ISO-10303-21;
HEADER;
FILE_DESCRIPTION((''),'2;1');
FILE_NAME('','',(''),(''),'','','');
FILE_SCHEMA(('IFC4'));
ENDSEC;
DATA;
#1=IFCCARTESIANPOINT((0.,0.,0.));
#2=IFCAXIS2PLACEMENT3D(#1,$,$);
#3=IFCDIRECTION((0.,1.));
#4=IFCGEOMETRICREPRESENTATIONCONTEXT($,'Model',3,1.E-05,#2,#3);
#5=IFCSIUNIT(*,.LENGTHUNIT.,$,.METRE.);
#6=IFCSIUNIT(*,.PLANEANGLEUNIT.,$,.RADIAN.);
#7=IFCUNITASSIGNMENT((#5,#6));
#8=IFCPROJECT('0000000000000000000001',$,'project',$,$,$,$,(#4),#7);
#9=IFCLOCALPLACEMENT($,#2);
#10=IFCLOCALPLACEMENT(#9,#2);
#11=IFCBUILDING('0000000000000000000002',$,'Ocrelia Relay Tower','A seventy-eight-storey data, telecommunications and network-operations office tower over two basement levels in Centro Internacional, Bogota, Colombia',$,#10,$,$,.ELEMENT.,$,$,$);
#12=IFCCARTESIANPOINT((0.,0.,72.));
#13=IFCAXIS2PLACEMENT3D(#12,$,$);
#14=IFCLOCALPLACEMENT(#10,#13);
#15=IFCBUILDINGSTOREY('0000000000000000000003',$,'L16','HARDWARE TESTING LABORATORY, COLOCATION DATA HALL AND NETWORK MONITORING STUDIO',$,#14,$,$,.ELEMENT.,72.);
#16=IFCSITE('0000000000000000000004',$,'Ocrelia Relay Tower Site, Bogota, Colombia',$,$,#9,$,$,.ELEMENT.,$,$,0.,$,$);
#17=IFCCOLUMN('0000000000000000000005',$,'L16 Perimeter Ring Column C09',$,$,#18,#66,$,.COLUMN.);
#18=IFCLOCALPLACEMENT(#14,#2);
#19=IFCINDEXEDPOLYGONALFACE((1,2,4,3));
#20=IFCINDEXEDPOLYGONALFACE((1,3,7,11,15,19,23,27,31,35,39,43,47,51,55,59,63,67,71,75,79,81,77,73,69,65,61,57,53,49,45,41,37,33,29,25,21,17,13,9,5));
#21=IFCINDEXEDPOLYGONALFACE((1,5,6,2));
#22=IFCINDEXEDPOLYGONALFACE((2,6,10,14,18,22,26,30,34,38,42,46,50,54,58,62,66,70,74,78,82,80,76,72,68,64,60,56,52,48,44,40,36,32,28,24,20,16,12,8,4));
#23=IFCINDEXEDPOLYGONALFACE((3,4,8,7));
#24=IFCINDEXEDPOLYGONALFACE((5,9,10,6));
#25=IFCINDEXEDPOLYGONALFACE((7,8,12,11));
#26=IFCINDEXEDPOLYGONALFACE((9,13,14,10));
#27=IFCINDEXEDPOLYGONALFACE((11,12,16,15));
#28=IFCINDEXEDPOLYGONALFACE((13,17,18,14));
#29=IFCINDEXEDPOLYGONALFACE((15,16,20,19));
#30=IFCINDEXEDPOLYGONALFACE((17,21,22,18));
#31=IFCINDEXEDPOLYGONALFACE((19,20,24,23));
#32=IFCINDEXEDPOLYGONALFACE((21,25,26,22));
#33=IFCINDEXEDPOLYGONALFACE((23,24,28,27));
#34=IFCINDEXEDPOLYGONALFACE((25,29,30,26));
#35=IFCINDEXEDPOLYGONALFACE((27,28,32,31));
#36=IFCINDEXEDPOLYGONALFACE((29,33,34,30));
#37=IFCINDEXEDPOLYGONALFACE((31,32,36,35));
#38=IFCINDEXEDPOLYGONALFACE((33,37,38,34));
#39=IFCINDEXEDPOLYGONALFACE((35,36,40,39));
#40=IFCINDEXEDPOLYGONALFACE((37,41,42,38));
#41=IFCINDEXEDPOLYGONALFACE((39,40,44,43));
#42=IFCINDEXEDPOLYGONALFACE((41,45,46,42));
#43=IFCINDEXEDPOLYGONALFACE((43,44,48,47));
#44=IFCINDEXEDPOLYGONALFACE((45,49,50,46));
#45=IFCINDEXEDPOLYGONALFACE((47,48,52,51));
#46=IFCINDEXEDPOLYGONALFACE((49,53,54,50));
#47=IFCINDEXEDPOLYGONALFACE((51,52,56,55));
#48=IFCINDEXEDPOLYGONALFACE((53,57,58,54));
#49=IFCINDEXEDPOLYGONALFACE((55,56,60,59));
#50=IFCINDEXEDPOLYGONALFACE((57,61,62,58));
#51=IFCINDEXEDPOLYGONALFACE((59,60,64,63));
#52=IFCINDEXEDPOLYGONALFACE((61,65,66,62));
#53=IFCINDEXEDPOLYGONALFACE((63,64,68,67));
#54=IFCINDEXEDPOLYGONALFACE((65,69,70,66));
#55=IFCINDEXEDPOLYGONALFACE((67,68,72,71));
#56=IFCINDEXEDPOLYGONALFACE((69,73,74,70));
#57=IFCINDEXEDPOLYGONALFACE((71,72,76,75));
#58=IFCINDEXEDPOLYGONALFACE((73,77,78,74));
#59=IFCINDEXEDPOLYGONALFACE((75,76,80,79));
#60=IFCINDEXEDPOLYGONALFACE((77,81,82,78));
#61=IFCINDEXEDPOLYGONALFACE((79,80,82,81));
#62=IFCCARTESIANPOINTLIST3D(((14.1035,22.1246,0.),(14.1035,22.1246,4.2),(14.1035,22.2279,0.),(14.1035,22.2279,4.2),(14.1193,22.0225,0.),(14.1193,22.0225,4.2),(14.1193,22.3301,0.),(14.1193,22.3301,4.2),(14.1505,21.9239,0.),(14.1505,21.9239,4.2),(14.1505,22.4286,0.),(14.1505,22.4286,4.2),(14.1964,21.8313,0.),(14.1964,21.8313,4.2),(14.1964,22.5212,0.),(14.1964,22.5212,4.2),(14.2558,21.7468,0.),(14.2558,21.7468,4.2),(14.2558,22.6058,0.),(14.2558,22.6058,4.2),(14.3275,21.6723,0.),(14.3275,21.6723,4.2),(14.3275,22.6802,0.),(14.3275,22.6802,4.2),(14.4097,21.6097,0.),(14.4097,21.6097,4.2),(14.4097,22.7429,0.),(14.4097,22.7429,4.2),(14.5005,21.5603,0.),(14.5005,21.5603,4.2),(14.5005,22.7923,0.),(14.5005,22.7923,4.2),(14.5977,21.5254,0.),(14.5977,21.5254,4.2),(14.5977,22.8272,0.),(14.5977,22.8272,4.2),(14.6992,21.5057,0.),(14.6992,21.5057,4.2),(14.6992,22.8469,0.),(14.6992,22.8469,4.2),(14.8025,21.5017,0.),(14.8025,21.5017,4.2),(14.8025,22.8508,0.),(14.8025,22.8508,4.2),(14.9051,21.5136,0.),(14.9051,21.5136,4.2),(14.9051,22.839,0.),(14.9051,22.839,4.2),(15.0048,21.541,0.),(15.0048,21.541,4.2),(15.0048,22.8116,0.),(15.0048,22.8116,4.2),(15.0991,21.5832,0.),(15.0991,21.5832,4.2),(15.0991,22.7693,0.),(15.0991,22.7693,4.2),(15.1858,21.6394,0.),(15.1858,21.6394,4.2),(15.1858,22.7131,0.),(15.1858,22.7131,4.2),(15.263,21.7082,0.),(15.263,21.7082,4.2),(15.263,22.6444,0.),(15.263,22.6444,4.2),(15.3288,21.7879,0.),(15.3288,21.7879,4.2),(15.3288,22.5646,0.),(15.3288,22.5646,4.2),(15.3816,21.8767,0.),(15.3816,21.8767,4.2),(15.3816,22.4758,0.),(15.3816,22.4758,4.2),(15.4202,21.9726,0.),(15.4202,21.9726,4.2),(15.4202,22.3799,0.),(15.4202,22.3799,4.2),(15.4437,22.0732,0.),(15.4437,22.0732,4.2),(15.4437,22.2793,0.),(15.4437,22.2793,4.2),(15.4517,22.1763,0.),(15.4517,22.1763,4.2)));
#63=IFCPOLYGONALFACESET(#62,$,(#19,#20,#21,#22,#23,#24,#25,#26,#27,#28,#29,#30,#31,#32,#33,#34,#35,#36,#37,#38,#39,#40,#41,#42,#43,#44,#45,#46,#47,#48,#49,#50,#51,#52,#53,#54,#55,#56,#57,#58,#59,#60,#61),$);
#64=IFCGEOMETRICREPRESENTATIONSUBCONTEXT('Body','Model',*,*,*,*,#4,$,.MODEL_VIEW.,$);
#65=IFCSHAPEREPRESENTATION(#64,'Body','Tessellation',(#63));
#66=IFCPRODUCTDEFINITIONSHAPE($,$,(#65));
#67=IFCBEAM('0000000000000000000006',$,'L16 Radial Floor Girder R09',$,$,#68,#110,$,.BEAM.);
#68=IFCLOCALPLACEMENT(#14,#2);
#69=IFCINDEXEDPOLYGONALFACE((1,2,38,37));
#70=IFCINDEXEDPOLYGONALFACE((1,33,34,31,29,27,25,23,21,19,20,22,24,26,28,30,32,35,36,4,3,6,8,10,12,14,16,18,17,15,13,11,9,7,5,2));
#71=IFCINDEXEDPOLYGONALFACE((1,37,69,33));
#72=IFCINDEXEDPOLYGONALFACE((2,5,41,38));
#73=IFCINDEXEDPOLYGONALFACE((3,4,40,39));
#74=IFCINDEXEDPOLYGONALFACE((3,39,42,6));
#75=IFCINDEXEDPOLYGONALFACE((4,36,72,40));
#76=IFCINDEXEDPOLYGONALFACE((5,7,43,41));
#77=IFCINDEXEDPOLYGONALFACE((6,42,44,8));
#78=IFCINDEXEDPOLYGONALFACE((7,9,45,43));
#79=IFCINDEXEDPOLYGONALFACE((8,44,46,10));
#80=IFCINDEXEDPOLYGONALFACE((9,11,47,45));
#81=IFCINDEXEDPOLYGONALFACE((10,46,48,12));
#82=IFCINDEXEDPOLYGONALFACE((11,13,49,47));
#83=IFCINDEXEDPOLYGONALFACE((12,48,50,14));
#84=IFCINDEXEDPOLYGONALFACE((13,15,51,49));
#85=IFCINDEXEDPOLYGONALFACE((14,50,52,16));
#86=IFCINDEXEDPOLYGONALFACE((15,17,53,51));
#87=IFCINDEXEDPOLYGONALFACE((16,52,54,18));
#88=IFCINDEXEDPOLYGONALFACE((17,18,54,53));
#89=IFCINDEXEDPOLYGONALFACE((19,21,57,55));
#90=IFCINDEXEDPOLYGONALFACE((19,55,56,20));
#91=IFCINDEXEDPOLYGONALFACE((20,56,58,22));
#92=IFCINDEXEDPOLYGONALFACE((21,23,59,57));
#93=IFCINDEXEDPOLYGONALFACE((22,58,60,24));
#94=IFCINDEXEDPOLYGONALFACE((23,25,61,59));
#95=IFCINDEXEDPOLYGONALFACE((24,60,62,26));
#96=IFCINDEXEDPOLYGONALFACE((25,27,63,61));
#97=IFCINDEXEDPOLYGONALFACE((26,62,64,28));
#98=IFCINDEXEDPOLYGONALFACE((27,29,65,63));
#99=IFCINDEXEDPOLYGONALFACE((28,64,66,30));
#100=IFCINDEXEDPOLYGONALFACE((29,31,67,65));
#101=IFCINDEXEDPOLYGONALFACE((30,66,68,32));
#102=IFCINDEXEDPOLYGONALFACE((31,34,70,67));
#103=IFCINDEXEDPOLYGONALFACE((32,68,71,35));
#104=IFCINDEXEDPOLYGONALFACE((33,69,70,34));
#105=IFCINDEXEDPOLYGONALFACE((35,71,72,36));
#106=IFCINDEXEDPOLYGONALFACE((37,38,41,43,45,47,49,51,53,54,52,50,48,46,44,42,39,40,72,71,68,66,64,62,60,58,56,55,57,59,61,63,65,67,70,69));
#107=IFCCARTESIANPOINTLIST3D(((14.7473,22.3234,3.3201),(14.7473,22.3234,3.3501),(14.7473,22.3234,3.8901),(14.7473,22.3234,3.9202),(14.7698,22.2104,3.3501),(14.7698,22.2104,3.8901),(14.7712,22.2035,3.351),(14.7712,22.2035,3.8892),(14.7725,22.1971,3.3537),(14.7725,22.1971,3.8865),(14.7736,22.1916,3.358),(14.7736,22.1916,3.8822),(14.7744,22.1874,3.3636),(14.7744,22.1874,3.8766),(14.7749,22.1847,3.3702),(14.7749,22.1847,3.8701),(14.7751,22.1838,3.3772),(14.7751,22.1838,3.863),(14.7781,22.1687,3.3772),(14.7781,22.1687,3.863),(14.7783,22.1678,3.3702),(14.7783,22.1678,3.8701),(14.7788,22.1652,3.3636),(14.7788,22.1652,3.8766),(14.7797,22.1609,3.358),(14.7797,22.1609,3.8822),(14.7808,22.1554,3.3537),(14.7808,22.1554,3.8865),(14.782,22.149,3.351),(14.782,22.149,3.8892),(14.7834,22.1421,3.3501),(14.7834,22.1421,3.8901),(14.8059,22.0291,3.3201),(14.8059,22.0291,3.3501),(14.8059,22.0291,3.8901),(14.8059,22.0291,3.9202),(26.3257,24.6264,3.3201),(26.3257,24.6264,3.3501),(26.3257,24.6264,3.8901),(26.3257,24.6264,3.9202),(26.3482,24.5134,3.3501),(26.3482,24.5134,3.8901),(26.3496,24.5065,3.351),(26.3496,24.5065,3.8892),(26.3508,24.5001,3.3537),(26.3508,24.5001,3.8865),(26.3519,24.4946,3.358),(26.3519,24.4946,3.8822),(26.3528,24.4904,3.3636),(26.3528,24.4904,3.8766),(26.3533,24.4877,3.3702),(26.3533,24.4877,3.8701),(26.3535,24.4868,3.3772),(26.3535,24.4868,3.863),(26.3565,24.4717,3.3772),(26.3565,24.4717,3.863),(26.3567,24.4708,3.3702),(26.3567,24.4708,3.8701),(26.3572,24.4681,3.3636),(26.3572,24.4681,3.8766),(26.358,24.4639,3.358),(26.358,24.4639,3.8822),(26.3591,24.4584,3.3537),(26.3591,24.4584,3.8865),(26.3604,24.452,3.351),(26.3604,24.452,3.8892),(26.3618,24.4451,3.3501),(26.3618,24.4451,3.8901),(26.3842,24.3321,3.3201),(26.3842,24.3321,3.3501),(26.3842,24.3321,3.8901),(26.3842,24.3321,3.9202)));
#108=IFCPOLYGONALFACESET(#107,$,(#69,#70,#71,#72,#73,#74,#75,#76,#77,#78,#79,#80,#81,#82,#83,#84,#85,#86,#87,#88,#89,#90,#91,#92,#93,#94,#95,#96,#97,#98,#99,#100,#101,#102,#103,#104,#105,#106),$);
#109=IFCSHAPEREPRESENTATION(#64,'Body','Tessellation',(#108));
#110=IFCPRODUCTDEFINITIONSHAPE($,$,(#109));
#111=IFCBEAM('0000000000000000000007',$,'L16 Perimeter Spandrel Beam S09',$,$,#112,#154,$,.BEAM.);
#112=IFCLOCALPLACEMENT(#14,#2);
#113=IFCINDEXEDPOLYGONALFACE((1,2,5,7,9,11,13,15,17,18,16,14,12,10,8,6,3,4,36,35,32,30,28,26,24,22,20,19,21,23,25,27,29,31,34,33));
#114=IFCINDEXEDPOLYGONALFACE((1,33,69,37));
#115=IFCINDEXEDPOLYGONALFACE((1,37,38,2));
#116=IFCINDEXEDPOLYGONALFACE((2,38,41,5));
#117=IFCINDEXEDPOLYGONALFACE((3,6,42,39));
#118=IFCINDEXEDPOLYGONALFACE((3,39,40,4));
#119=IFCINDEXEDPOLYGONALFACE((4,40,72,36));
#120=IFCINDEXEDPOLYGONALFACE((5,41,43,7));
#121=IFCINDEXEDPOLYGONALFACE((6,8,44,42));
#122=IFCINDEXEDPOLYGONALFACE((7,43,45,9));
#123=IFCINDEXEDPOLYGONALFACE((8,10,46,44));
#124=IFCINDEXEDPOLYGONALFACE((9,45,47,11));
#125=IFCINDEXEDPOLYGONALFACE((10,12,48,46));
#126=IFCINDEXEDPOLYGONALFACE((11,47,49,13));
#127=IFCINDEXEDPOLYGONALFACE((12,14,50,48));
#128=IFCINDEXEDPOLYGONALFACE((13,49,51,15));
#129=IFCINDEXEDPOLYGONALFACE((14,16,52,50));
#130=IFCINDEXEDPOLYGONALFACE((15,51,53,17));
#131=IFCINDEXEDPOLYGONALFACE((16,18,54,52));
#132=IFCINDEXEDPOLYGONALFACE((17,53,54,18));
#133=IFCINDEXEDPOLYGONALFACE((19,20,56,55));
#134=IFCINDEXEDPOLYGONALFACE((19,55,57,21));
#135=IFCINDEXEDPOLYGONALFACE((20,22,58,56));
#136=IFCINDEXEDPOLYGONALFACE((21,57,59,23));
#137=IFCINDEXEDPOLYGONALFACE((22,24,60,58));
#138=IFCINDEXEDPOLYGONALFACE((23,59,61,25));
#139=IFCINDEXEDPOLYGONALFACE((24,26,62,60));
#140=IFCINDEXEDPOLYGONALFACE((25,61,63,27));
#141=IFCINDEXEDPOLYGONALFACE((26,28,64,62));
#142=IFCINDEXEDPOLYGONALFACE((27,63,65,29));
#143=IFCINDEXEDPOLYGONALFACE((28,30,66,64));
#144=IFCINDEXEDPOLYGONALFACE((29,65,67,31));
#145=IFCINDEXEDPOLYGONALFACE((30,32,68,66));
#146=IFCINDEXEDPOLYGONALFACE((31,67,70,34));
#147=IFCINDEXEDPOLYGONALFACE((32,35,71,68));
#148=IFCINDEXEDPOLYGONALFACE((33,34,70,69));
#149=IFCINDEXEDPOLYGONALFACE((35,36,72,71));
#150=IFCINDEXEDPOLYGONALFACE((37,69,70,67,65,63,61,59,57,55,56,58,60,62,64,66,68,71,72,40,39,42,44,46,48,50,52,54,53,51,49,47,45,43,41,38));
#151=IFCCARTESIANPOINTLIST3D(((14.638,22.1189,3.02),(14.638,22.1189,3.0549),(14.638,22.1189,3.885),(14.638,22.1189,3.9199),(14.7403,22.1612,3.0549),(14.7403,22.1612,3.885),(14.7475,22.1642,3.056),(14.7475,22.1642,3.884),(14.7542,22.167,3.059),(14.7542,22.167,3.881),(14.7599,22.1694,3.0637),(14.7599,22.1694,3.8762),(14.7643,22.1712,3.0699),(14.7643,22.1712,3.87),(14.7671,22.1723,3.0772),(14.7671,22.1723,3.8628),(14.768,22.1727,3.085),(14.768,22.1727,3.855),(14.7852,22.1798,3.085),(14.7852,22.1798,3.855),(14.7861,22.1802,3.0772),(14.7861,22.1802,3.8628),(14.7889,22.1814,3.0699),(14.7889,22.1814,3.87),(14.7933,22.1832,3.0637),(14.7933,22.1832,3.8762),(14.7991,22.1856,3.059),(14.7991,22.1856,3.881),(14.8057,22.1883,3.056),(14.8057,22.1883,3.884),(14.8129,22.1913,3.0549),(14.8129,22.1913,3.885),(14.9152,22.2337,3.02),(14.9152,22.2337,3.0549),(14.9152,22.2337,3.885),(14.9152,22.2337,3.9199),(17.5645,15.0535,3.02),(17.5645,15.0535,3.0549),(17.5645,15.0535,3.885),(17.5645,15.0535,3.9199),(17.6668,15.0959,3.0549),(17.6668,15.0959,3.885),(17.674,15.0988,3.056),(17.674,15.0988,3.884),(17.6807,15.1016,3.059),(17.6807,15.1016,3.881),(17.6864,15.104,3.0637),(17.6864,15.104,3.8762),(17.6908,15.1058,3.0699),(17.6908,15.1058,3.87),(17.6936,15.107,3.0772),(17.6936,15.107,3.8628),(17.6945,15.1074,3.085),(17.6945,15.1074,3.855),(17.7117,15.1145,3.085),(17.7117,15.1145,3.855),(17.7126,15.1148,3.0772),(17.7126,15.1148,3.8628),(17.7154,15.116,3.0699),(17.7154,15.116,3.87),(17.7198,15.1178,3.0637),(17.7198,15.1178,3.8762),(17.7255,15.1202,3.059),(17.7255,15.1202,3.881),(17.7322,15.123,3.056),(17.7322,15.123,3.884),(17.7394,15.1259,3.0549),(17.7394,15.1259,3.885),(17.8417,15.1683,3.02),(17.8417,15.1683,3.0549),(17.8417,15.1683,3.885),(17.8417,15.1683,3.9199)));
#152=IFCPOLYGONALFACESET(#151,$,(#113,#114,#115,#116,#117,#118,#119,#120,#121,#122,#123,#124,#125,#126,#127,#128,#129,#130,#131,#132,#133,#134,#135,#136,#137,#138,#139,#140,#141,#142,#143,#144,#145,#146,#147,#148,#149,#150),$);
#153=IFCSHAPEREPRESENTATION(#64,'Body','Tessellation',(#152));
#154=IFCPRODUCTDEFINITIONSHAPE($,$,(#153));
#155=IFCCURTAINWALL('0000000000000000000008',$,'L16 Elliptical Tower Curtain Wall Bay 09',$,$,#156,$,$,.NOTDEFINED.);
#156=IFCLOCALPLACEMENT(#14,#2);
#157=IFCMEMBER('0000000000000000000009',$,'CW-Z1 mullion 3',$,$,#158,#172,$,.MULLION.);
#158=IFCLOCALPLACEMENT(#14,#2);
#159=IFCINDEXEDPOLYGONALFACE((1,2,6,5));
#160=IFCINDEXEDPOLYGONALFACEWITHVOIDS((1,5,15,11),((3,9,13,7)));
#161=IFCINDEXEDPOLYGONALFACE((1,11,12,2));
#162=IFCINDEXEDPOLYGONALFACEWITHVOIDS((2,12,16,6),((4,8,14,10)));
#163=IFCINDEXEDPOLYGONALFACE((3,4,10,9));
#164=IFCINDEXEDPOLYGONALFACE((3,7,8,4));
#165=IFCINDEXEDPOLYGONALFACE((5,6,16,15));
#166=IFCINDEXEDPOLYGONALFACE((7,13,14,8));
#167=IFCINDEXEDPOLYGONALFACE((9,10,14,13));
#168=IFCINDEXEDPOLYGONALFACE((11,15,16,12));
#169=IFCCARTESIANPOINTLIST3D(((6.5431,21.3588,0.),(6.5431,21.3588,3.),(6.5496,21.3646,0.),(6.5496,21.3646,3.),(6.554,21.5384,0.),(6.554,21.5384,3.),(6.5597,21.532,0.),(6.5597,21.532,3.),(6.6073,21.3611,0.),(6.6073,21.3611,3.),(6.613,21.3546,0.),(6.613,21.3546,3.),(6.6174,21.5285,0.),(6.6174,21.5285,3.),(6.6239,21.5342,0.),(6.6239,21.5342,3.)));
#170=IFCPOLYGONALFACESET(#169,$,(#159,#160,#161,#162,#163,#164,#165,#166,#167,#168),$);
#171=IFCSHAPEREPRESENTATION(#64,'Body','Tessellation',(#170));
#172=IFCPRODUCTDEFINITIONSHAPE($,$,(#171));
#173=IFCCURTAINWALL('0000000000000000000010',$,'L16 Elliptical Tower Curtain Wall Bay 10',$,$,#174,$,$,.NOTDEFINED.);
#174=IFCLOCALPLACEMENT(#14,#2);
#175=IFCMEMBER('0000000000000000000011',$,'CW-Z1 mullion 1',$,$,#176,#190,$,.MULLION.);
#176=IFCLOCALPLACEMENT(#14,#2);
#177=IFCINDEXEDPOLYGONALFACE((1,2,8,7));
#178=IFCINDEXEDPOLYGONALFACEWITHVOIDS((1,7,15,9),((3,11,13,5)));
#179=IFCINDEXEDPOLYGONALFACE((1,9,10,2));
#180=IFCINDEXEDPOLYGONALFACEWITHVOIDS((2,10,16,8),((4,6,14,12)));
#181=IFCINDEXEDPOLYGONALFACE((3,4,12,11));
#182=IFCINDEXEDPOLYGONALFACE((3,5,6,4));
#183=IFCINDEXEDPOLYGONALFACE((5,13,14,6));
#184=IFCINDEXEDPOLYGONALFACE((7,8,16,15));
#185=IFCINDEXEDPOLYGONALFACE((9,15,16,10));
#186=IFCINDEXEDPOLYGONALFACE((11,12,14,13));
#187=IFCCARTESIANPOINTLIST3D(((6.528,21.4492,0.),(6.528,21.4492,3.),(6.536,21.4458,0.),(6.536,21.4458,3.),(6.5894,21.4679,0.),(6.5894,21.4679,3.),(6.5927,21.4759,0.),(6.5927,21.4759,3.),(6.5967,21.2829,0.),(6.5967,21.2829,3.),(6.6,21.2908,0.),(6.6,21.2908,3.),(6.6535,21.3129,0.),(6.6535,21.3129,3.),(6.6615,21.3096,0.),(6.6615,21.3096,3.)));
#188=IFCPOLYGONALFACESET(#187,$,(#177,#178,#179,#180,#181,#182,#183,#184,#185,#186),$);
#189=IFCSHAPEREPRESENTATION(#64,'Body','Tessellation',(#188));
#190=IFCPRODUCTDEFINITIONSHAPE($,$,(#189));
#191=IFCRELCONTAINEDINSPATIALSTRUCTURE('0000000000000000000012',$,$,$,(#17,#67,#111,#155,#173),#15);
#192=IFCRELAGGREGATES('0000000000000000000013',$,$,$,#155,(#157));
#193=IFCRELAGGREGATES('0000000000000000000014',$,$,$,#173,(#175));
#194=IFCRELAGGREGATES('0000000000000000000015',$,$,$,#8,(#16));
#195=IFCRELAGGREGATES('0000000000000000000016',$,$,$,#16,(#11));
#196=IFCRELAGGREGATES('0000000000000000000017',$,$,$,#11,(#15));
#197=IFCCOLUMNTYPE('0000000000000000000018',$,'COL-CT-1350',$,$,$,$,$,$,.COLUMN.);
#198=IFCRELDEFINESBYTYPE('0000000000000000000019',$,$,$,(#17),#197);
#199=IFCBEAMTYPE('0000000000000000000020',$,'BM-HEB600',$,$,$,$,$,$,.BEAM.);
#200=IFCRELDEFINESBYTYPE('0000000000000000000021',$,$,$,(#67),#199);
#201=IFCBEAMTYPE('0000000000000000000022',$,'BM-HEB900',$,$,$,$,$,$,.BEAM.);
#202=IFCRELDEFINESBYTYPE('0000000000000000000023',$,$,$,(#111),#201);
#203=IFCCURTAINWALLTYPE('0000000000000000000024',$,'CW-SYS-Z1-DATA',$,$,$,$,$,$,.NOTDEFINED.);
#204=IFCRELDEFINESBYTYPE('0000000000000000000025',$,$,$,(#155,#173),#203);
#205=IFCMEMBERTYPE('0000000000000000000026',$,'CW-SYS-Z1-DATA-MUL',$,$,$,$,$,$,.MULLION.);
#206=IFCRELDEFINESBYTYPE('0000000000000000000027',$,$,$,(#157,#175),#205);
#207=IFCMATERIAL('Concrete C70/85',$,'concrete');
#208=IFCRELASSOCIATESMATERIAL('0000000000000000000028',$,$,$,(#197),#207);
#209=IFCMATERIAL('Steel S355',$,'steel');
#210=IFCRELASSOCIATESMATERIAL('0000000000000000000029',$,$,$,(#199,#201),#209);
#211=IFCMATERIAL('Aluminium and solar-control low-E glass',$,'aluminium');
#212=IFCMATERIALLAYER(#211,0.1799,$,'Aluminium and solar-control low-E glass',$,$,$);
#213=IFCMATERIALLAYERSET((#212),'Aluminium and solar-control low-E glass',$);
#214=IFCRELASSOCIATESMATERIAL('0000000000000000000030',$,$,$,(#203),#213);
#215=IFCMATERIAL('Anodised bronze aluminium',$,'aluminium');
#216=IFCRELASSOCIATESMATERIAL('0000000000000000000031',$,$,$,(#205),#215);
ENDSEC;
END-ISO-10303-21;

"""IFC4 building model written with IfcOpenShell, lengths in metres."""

from ifc_helpers import new_model, si_unit, direction, frame, origin, origin_2d, place, context, subcontext, project, spatial, hollow_rectangle, circle, i_section, extrude, material, layer, layer_set, material_profile, profile_set, type_object, element, aggregate, save


model = new_model("IFC4")

# Units and contexts
model_context = context("Model", 3, precision=1e-05, world=origin(), true_north=direction((0.0, 1.0)))
body_context = subcontext(model_context, "Body", "Model", "MODEL_VIEW")
ifc_project = project(units=[si_unit("LENGTHUNIT", "METRE"), si_unit("PLANEANGLEUNIT", "RADIAN")], contexts=[model_context])

# Site, building, storey
site_placement = place(None, origin())
site = spatial("IfcSite", under=ifc_project, at=site_placement, Name="Ocrelia Relay Tower Site, Bogota, Colombia", CompositionType="ELEMENT", RefElevation=0.0)
building_placement = place(site_placement, origin())
building = spatial("IfcBuilding", under=site, at=building_placement, Name="Ocrelia Relay Tower", Description="A seventy-eight-storey data, telecommunications and network-operations office tower over two basement levels in Centro Internacional, Bogota, Colombia", CompositionType="ELEMENT")
storey_placement = place(building_placement, frame((0.0, 0.0, 72.0)))
storey = spatial("IfcBuildingStorey", under=building, at=storey_placement, Name="L16", Description="HARDWARE TESTING LABORATORY, COLOCATION DATA HALL AND NETWORK MONITORING STUDIO", CompositionType="ELEMENT", Elevation=72.0)

# Column
ifc_material_1 = material(Name="Concrete C70/85", Category="concrete")
ifc_material_profile_1 = material_profile(ifc_material_1, circle(Radius=0.675, at=origin_2d()), Name="RC-CIR-1350")
ifc_profile_set_1 = profile_set([ifc_material_profile_1], Name="Concrete C70/85")
column_type = type_object("IfcColumnType", Name="COL-CT-1350", PredefinedType="COLUMN", material=ifc_profile_set_1)
column_placement = place(storey_placement, frame((14.7766, 22.1763, 0.0), z_axis=(0.0, 0.0, 1.0), x_axis=(1.0, 0.0, 0.0)))
element("IfcColumn", 1, at=column_placement, inside=storey, type_object=column_type, Name="L16 Perimeter Ring Column C09", PredefinedType="COLUMN", context=body_context, shape_type="SweptSolid", body=[
    extrude(circle(Radius=0.675, at=origin_2d()), origin(), (0.0, 0.0, 1.0), 4.2),
])

# Beams
ifc_material_2 = material(Name="Steel S355", Category="steel")
ifc_material_profile_2 = material_profile(ifc_material_2, i_section(OverallWidth=0.3, OverallDepth=0.6001, WebThickness=0.0154, FlangeThickness=0.03, FilletRadius=0.0271, at=origin_2d()), Name="HEB 600")
ifc_profile_set_2 = profile_set([ifc_material_profile_2], Name="Steel S355")
beam_type_1 = type_object("IfcBeamType", Name="BM-HEB600", PredefinedType="BEAM", material=ifc_profile_set_2)
beam_1_placement = place(storey_placement, frame((14.7766, 22.1763, 3.6201), z_axis=(0.980787, 0.195082, 0.0), x_axis=(-0.195082, 0.980787, 0.0)))
element("IfcBeam", 2, at=beam_1_placement, inside=storey, type_object=beam_type_1, Name="L16 Radial Floor Girder R09", PredefinedType="BEAM", context=body_context, shape_type="SweptSolid", body=[
    extrude(i_section(OverallWidth=0.3, OverallDepth=0.6001, WebThickness=0.0154, FlangeThickness=0.03, FilletRadius=0.0271, at=origin_2d()), origin(), (0.0, 0.0, 1.0), 11.8052),
])
ifc_material_profile_3 = material_profile(ifc_material_2, i_section(OverallWidth=0.3, OverallDepth=0.8999, WebThickness=0.0186, FlangeThickness=0.0349, FilletRadius=0.03, at=origin_2d()), Name="HEB 900")
ifc_profile_set_3 = profile_set([ifc_material_profile_3], Name="Steel S355")
beam_type_2 = type_object("IfcBeamType", Name="BM-HEB900", PredefinedType="BEAM", material=ifc_profile_set_3)
beam_2_placement = place(storey_placement, frame((14.7766, 22.1763, 3.47), z_axis=(0.382674, -0.923883, 0.0), x_axis=(0.923883, 0.382674, 0.0)))
element("IfcBeam", 3, at=beam_2_placement, inside=storey, type_object=beam_type_2, Name="L16 Perimeter Spandrel Beam S09", PredefinedType="BEAM", context=body_context, shape_type="SweptSolid", body=[
    extrude(i_section(OverallWidth=0.3, OverallDepth=0.8999, WebThickness=0.0186, FlangeThickness=0.0349, FilletRadius=0.03, at=origin_2d()), origin(), (0.0, 0.0, 1.0), 7.6475),
])

# Curtain wall, member
ifc_material_3 = material(Name="Aluminium and solar-control low-E glass", Category="aluminium")
ifc_layer_1 = layer(ifc_material_3, 0.1799, Name="Aluminium and solar-control low-E glass")
ifc_layer_set_1 = layer_set([ifc_layer_1], Name="Aluminium and solar-control low-E glass")
curtain_wall_type = type_object("IfcCurtainWallType", Name="CW-SYS-Z1-DATA", PredefinedType="NOTDEFINED", material=ifc_layer_set_1)
curtain_wall_1_placement = place(storey_placement, origin())
curtain_wall_1 = element("IfcCurtainWall", 4, at=curtain_wall_1_placement, inside=storey, type_object=curtain_wall_type, Name="L16 Elliptical Tower Curtain Wall Bay 09", PredefinedType="NOTDEFINED")
ifc_material_4 = material(Name="Anodised bronze aluminium", Category="aluminium")
ifc_material_profile_4 = material_profile(ifc_material_4, hollow_rectangle(XDim=0.0701, YDim=0.1799, WallThickness=0.0061, at=origin_2d()), Name="CW-MUL-180x70")
ifc_profile_set_4 = profile_set([ifc_material_profile_4], Name="Anodised bronze aluminium")
member_type_1 = type_object("IfcMemberType", Name="CW-SYS-Z1-DATA-MUL", PredefinedType="MULLION", material=ifc_profile_set_4)
member_1_placement = place(storey_placement, frame((6.5835, 21.4465, 0.0), z_axis=(0.0, 0.0, 1.0), x_axis=(0.998178, -0.060344, 0.0)))
member_1 = element("IfcMember", 5, at=member_1_placement, type_object=member_type_1, Name="CW-Z1 mullion 3", PredefinedType="MULLION", context=body_context, shape_type="SweptSolid", body=[
    extrude(hollow_rectangle(XDim=0.0701, YDim=0.1799, WallThickness=0.0061, at=origin_2d()), origin(), (0.0, 0.0, 1.0), 3.0),
])

# Curtain wall, member
curtain_wall_2_placement = place(storey_placement, origin())
curtain_wall_2 = element("IfcCurtainWall", 6, at=curtain_wall_2_placement, inside=storey, type_object=curtain_wall_type, Name="L16 Elliptical Tower Curtain Wall Bay 10", PredefinedType="NOTDEFINED")
member_2_placement = place(storey_placement, frame((6.5947, 21.3794, 0.0), z_axis=(0.0, 0.0, 1.0), x_axis=(0.924147, 0.382038, 0.0)))
member_2 = element("IfcMember", 7, at=member_2_placement, type_object=member_type_1, Name="CW-Z1 mullion 1", PredefinedType="MULLION", context=body_context, shape_type="SweptSolid", body=[
    extrude(hollow_rectangle(XDim=0.0701, YDim=0.1799, WallThickness=0.0061, at=origin_2d()), origin(), (0.0, 0.0, 1.0), 3.0),
])

aggregate(curtain_wall_1, [member_1])
aggregate(curtain_wall_2, [member_2])

save(model, "model.ifc")
